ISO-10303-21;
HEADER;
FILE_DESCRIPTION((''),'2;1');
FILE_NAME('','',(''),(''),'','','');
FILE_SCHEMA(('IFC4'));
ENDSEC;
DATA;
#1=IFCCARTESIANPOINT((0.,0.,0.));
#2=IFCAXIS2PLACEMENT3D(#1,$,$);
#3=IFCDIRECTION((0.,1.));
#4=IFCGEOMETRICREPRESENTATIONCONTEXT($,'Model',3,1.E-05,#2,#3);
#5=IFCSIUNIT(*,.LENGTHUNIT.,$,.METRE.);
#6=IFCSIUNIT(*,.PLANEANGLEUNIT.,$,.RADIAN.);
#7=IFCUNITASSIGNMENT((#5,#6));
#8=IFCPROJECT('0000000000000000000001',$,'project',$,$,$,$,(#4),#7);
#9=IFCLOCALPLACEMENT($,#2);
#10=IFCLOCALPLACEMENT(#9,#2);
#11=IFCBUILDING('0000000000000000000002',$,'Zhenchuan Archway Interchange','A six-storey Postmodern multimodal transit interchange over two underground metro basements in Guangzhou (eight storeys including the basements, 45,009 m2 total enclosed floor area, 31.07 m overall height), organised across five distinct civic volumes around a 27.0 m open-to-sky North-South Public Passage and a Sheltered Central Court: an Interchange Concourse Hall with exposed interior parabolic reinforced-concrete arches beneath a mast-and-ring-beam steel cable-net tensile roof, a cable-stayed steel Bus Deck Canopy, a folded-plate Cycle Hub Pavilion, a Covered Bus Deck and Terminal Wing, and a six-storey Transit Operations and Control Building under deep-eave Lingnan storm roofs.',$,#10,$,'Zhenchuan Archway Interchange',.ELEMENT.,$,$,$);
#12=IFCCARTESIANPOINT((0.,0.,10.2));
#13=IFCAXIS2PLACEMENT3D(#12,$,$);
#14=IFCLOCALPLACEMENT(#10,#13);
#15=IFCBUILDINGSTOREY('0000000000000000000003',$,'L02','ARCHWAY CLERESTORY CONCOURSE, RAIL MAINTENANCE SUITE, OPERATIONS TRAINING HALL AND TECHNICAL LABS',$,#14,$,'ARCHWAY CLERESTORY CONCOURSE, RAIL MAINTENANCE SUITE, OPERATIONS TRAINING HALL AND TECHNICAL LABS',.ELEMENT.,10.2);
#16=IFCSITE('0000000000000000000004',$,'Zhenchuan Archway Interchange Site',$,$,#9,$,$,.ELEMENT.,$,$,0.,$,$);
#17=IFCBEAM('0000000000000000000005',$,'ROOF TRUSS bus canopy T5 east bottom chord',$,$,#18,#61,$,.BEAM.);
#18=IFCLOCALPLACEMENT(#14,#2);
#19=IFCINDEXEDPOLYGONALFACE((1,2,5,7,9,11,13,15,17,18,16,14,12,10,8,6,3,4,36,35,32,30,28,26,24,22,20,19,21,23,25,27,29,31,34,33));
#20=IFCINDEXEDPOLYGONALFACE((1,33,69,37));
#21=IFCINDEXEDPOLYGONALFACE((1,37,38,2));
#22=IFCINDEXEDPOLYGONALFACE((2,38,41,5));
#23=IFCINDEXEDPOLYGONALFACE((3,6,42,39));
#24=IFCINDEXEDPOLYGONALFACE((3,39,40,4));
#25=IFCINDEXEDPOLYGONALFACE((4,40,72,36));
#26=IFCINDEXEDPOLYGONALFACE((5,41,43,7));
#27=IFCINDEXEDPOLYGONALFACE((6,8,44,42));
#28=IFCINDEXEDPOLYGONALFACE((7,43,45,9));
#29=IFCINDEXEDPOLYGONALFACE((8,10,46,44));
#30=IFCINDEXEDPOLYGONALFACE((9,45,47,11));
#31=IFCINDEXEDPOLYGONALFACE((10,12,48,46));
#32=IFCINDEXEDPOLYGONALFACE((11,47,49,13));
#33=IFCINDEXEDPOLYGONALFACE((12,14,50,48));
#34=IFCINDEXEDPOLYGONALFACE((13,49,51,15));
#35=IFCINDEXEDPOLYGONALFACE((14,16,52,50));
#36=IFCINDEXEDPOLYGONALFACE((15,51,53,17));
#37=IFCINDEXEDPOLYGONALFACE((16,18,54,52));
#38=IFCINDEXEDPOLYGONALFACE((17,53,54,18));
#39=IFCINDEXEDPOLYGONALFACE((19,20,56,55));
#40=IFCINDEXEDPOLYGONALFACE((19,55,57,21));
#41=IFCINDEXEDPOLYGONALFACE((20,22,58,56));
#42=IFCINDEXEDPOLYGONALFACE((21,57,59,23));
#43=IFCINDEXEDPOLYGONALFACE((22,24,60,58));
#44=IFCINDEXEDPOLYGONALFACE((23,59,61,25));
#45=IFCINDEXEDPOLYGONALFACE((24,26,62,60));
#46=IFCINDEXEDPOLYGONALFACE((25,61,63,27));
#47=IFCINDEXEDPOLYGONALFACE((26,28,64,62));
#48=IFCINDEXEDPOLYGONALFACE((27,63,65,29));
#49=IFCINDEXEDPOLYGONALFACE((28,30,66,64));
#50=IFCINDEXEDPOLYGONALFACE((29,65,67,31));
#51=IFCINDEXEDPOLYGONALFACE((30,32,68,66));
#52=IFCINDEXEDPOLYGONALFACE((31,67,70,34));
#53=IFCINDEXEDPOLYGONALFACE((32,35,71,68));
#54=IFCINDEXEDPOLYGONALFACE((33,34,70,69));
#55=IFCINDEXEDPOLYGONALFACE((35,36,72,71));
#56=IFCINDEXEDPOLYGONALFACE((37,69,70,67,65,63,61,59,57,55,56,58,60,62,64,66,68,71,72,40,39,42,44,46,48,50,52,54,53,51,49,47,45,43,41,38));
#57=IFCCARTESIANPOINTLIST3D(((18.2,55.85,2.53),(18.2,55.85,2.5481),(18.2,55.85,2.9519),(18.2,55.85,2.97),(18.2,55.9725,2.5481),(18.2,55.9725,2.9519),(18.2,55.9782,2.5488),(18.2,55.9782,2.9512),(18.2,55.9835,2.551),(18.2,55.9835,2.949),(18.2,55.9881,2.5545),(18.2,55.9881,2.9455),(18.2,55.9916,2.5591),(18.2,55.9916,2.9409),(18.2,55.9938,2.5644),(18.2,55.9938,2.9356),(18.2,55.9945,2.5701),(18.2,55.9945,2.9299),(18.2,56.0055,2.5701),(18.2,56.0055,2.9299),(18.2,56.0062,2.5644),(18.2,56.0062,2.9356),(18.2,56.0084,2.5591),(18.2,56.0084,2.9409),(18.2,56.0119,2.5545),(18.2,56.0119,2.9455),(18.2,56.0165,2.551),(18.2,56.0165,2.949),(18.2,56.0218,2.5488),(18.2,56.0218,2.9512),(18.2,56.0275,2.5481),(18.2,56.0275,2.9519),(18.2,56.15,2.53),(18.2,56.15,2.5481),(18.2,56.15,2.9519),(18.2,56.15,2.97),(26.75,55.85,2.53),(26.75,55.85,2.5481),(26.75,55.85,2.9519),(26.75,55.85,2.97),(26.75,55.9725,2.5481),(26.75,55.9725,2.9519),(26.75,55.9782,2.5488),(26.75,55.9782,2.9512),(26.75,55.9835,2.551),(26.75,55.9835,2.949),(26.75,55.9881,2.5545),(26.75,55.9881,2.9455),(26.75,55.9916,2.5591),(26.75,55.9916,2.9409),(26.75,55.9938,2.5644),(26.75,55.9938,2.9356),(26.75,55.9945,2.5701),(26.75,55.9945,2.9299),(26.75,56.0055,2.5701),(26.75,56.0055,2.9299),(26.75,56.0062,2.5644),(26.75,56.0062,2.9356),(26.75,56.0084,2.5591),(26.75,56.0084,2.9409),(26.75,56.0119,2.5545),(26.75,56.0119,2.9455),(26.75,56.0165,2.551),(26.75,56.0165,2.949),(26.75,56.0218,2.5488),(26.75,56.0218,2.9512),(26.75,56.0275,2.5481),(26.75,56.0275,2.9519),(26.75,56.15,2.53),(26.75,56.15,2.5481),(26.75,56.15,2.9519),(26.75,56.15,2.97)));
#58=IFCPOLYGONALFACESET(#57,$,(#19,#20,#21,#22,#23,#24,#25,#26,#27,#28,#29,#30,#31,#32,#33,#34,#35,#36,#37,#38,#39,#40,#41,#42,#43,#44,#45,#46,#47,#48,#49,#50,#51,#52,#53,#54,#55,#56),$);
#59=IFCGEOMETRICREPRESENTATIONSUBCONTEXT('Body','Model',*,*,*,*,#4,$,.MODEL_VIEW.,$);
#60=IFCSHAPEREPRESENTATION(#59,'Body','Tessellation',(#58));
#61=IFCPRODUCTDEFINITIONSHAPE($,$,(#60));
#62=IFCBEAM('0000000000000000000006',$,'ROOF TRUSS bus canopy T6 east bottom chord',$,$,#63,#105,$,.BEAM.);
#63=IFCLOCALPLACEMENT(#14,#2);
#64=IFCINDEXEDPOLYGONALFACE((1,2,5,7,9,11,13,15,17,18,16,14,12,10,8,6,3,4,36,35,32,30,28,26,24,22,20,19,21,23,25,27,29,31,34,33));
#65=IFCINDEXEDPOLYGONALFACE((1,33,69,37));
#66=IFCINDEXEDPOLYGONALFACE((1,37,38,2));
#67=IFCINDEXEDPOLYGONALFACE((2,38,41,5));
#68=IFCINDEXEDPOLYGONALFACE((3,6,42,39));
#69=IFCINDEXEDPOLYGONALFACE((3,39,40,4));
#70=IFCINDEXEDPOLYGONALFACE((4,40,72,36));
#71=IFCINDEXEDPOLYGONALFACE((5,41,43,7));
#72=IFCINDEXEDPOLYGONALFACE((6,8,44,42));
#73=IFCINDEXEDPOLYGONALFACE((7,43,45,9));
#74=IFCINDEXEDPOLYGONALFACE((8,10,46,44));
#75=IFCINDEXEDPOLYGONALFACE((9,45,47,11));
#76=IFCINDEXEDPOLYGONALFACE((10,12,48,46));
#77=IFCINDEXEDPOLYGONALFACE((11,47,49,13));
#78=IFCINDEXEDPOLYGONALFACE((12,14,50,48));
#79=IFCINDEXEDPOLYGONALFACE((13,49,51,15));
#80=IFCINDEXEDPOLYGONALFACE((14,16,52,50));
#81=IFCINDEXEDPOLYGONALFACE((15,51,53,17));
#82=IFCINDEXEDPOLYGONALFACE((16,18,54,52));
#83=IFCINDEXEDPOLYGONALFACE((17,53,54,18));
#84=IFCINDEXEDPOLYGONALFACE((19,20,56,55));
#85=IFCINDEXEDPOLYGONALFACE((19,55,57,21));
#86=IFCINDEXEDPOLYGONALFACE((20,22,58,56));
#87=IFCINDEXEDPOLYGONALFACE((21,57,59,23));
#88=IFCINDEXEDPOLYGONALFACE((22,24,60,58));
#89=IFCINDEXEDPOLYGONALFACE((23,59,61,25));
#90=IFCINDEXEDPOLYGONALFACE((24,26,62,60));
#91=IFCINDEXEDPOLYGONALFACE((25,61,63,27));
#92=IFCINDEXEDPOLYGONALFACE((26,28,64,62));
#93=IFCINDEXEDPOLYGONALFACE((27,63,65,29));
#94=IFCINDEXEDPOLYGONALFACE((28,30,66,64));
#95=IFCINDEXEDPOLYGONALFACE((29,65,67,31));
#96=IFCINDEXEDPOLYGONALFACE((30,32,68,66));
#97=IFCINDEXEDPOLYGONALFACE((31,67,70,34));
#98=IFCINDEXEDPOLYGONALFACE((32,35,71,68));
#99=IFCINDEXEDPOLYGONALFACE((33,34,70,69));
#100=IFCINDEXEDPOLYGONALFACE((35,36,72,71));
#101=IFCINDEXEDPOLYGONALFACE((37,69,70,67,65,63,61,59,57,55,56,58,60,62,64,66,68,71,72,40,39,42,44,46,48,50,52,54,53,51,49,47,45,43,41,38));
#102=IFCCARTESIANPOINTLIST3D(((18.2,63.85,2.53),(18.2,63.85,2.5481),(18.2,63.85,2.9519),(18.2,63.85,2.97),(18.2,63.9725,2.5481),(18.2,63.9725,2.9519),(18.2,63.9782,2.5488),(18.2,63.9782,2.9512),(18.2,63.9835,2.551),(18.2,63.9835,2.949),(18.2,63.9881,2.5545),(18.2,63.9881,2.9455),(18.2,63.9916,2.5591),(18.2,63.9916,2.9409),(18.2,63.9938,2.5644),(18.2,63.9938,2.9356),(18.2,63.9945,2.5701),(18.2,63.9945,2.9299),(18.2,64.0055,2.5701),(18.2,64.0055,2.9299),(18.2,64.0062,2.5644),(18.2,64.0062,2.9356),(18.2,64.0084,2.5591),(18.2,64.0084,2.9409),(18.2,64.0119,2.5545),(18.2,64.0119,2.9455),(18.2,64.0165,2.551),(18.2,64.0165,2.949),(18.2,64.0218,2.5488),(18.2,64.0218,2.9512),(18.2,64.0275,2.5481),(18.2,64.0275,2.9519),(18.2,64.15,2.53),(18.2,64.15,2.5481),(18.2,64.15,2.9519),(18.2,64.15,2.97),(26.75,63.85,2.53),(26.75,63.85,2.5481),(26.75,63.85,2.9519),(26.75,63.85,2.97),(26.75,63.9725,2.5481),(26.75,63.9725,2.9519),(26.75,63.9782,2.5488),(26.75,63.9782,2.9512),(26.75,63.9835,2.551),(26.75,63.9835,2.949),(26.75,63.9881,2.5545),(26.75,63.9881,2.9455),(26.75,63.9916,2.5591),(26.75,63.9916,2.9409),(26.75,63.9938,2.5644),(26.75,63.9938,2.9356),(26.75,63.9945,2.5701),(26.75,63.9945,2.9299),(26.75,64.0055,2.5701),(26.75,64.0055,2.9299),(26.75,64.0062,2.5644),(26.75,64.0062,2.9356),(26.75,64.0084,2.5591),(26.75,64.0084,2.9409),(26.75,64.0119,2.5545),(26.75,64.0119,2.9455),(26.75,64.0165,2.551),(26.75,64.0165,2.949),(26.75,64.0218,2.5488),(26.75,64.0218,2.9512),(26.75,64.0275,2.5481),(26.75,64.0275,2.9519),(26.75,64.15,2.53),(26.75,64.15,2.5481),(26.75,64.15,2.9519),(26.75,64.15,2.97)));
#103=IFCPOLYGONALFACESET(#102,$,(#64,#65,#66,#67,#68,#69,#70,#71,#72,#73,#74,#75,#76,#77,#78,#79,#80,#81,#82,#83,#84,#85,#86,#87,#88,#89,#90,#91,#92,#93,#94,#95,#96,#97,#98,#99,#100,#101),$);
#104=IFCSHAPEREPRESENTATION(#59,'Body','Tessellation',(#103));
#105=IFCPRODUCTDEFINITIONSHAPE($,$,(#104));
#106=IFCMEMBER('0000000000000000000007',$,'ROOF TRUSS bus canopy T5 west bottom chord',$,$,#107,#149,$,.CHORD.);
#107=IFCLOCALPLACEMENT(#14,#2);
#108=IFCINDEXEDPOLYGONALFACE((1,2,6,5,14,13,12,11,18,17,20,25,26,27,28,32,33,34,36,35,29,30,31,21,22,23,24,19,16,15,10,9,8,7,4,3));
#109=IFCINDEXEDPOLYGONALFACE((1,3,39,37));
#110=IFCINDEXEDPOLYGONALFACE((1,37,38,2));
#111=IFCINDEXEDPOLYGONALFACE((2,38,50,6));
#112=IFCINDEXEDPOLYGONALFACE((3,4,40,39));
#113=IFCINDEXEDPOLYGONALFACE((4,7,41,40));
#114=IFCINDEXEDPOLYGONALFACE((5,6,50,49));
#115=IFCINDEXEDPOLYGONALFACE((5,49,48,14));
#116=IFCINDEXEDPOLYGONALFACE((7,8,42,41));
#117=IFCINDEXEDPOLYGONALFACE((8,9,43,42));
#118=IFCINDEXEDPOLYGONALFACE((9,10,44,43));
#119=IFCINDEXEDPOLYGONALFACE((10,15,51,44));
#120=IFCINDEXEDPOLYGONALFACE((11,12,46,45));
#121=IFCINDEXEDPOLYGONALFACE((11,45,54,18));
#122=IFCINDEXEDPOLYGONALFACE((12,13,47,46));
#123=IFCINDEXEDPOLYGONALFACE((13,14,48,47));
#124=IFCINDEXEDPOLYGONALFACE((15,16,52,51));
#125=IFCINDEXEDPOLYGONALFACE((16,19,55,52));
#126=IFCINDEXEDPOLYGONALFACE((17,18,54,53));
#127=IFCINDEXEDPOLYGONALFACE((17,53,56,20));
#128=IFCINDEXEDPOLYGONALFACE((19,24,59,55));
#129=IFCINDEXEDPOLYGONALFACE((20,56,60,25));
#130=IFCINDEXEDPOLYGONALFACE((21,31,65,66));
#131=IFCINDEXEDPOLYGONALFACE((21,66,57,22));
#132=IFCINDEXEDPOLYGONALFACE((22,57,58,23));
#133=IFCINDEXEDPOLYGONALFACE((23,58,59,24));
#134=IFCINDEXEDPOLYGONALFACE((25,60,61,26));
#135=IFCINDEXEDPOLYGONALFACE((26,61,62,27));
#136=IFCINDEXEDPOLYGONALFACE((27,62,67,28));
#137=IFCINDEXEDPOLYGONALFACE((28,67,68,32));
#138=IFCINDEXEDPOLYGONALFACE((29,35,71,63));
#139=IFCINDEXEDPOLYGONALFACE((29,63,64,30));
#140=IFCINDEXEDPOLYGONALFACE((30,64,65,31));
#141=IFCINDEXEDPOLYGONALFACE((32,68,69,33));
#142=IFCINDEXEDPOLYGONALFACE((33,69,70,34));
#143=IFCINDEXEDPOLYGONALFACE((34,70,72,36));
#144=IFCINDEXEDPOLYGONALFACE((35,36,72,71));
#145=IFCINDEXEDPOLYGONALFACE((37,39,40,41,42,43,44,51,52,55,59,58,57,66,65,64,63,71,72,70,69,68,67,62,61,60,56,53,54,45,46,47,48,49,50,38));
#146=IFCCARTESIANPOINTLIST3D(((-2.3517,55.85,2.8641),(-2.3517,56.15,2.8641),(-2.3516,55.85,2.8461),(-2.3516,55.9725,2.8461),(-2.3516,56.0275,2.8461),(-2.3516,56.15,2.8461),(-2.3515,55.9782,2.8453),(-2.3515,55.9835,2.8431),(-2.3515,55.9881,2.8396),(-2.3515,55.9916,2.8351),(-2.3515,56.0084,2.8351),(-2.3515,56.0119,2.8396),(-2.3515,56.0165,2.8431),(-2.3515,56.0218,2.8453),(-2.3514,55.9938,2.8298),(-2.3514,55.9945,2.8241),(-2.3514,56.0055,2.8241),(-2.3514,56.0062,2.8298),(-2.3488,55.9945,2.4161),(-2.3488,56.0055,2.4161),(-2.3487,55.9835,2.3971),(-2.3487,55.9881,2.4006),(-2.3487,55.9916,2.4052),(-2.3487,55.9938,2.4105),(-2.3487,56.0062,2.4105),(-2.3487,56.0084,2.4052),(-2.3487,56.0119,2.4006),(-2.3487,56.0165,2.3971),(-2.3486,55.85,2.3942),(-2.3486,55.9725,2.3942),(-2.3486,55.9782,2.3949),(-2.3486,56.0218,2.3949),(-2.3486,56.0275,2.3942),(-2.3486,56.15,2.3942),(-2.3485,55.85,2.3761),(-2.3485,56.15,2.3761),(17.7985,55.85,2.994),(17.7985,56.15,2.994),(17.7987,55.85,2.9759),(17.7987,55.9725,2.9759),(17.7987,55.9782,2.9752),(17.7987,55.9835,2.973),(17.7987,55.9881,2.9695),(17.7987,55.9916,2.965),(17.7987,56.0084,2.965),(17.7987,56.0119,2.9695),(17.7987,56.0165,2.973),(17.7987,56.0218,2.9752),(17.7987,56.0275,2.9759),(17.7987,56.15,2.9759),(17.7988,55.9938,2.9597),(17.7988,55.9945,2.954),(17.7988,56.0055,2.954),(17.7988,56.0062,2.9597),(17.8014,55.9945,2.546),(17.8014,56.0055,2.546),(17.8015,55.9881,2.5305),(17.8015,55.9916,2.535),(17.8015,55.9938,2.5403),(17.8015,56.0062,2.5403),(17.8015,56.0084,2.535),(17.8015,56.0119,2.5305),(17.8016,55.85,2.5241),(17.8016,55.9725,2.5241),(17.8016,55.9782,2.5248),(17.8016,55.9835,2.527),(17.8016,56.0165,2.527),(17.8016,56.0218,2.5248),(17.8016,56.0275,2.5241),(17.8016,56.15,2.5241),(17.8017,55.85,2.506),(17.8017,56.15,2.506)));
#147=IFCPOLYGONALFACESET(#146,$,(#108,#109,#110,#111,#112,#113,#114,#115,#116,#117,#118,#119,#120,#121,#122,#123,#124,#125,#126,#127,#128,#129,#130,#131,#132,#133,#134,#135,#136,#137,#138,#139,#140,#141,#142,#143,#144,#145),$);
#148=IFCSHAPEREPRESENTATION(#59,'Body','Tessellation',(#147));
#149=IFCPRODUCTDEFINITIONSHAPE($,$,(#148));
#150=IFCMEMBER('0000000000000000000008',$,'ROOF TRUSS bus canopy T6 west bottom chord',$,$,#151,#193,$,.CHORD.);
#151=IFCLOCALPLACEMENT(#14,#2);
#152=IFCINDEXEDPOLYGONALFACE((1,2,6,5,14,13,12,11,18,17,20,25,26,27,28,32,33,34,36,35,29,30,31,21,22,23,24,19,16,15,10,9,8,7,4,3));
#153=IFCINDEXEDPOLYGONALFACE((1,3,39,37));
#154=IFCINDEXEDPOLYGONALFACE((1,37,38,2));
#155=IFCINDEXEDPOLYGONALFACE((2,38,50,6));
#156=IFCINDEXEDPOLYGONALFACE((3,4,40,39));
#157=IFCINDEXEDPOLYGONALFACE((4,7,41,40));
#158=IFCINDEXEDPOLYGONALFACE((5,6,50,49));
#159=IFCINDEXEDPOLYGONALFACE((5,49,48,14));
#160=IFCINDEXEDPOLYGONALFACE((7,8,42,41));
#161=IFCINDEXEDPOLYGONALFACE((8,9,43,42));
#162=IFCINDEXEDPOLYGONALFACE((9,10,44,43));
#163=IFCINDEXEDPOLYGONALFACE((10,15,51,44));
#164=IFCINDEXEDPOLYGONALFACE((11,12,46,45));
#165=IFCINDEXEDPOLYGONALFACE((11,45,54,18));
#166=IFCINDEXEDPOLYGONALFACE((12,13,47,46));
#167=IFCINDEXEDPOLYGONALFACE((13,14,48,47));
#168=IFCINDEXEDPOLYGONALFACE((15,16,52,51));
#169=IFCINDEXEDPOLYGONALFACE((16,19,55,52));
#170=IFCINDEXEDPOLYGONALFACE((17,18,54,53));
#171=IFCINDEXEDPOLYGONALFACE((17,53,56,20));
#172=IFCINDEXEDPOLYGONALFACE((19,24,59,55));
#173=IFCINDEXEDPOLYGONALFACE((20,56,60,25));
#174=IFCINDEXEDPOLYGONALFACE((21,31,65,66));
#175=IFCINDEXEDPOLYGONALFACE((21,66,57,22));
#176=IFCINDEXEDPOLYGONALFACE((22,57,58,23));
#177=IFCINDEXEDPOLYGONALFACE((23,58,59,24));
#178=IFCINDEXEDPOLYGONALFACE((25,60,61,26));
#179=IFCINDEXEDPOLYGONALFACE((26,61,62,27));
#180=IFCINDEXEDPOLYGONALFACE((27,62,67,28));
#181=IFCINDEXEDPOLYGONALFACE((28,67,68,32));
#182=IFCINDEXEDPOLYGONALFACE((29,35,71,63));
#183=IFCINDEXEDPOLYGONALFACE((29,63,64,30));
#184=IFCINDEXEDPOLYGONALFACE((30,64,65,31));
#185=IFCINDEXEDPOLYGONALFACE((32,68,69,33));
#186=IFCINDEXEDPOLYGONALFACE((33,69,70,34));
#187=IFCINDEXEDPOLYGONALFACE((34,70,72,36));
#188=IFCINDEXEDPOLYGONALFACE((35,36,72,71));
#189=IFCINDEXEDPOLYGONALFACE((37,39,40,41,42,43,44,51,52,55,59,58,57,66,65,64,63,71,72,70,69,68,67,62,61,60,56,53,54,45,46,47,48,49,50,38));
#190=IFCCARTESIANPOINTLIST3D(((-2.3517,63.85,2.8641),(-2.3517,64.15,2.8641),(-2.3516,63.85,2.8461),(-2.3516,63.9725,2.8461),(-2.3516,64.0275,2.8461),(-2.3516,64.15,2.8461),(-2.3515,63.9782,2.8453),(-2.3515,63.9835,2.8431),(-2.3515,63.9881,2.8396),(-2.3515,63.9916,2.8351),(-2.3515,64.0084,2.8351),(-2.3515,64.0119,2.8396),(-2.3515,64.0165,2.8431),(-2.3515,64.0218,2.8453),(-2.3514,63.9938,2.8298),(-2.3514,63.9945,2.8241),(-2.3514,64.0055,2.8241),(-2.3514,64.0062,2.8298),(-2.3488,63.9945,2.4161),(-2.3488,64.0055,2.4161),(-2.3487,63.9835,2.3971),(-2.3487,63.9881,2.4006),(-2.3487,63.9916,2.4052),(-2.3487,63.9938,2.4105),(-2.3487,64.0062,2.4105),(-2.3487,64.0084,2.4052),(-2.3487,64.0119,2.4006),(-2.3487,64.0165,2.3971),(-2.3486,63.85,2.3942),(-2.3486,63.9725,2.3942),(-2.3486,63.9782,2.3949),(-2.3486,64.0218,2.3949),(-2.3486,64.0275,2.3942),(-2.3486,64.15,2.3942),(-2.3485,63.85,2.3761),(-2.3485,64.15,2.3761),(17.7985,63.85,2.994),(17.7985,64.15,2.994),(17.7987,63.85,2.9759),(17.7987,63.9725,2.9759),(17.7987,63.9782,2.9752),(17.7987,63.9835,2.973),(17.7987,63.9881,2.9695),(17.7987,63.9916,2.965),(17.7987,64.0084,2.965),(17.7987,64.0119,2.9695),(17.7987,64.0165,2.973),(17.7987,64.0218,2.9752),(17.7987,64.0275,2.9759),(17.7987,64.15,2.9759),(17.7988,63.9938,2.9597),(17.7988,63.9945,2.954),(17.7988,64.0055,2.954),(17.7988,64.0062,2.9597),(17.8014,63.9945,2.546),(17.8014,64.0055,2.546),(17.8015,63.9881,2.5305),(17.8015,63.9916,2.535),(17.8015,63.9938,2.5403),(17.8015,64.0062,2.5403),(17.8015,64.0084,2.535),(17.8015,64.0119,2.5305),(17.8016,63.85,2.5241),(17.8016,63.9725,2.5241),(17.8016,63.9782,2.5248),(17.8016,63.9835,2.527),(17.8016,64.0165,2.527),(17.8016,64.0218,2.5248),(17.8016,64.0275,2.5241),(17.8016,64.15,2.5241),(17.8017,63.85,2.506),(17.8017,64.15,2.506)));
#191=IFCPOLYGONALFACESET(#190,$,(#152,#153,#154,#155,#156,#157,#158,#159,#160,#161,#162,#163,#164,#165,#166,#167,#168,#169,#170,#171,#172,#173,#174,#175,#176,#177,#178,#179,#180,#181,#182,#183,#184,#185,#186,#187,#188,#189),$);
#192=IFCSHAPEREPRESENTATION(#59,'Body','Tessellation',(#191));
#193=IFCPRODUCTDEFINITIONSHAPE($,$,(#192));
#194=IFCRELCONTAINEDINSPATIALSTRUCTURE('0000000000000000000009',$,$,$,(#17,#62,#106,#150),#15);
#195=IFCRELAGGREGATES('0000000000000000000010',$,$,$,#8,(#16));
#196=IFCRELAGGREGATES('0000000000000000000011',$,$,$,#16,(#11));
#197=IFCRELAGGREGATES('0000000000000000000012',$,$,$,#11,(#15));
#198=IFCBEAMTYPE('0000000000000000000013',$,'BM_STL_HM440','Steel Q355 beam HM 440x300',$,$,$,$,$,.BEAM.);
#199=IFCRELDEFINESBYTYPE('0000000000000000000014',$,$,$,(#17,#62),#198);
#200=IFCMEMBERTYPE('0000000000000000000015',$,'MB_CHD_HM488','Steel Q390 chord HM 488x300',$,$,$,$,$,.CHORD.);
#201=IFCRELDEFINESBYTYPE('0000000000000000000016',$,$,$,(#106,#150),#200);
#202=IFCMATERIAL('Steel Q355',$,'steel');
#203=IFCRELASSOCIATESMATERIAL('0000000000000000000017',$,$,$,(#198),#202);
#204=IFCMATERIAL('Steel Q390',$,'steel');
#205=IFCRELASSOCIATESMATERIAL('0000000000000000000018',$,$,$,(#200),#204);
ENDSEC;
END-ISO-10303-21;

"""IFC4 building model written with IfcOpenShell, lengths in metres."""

from ifc_helpers import new_model, si_unit, direction, frame, origin, origin_2d, place, context, subcontext, project, spatial, i_section, extrude, material, material_profile, profile_set, type_object, element, save


model = new_model("IFC4")

# Units and contexts
model_context = context("Model", 3, precision=1e-05, world=origin(), true_north=direction((0.0, 1.0)))
body_context = subcontext(model_context, "Body", "Model", "MODEL_VIEW")
ifc_project = project(units=[si_unit("LENGTHUNIT", "METRE"), si_unit("PLANEANGLEUNIT", "RADIAN")], contexts=[model_context])

# Site, building, storey
site_placement = place(None, origin())
site = spatial("IfcSite", under=ifc_project, at=site_placement, Name="Zhenchuan Archway Interchange Site", CompositionType="ELEMENT", RefElevation=0.0)
building_placement = place(site_placement, origin())
building = spatial("IfcBuilding", under=site, at=building_placement, Name="Zhenchuan Archway Interchange", Description="A six-storey Postmodern multimodal transit interchange over two underground metro basements in Guangzhou (eight storeys including the basements, 45,009 m2 total enclosed floor area, 31.07 m overall height), organised across five distinct civic volumes around a 27.0 m open-to-sky North-South Public Passage and a Sheltered Central Court: an Interchange Concourse Hall with exposed interior parabolic reinforced-concrete arches beneath a mast-and-ring-beam steel cable-net tensile roof, a cable-stayed steel Bus Deck Canopy, a folded-plate Cycle Hub Pavilion, a Covered Bus Deck and Terminal Wing, and a six-storey Transit Operations and Control Building under deep-eave Lingnan storm roofs.", LongName="Zhenchuan Archway Interchange", CompositionType="ELEMENT")
storey_placement = place(building_placement, frame((0.0, 0.0, 10.2)))
storey = spatial("IfcBuildingStorey", under=building, at=storey_placement, Name="L02", Description="ARCHWAY CLERESTORY CONCOURSE, RAIL MAINTENANCE SUITE, OPERATIONS TRAINING HALL AND TECHNICAL LABS", LongName="ARCHWAY CLERESTORY CONCOURSE, RAIL MAINTENANCE SUITE, OPERATIONS TRAINING HALL AND TECHNICAL LABS", CompositionType="ELEMENT", Elevation=10.2)

# Shared definitions
ifc_material_1 = material(Name="Steel Q390", Category="steel")

# Beams
ifc_material_2 = material(Name="Steel Q355", Category="steel")
ifc_material_profile_1 = material_profile(ifc_material_2, i_section(OverallWidth=0.3, OverallDepth=0.4399, WebThickness=0.011, FlangeThickness=0.0181, FilletRadius=0.022, at=origin_2d()), Name="HM 440x300")
ifc_profile_set_1 = profile_set([ifc_material_profile_1], Name="Steel Q355")
beam_type = type_object("IfcBeamType", Name="BM_STL_HM440", Description="Steel Q355 beam HM 440x300", PredefinedType="BEAM", material=ifc_profile_set_1)
for number, where, z_axis, x_axis, name in (
    (1, (18.2, 56.0, 2.75), (1.0, 0.0, 0.0), (0.0, 1.0, 0.0), "ROOF TRUSS bus canopy T5 east bottom chord"),
    (2, (18.2, 64.0, 2.75), (1.0, 0.0, 0.0), (0.0, 1.0, 0.0), "ROOF TRUSS bus canopy T6 east bottom chord"),
):
    element("IfcBeam", number, at=place(storey_placement, frame(where, z_axis=z_axis, x_axis=x_axis)), inside=storey, type_object=beam_type, Name=name, PredefinedType="BEAM", context=body_context, shape_type="SweptSolid", body=[
        extrude(i_section(OverallWidth=0.3, OverallDepth=0.4399, WebThickness=0.011, FlangeThickness=0.0181, FilletRadius=0.022, at=origin_2d()), origin(), (0.0, 0.0, 1.0), 8.55),
    ])

# Members
ifc_material_profile_2 = material_profile(ifc_material_1, i_section(OverallWidth=0.3, OverallDepth=0.488, WebThickness=0.011, FlangeThickness=0.0181, FilletRadius=0.022, at=origin_2d()), Name="HM 488x300")
ifc_profile_set_2 = profile_set([ifc_material_profile_2], Name="Steel Q390")
member_type_1 = type_object("IfcMemberType", Name="MB_CHD_HM488", Description="Steel Q390 chord HM 488x300", PredefinedType="CHORD", material=ifc_profile_set_2)
for number, where, z_axis, x_axis, name in (
    (3, (-2.3501, 56.0, 2.6201), (0.999979, 0.0, 0.006446), (0.0, 1.0, 0.0), "ROOF TRUSS bus canopy T5 west bottom chord"),
    (4, (-2.3501, 64.0, 2.6201), (0.999979, 0.0, 0.006446), (0.0, 1.0, 0.0), "ROOF TRUSS bus canopy T6 west bottom chord"),
):
    element("IfcMember", number, at=place(storey_placement, frame(where, z_axis=z_axis, x_axis=x_axis)), inside=storey, type_object=member_type_1, Name=name, PredefinedType="CHORD", context=body_context, shape_type="SweptSolid", body=[
        extrude(i_section(OverallWidth=0.3, OverallDepth=0.488, WebThickness=0.011, FlangeThickness=0.0181, FilletRadius=0.022, at=origin_2d()), origin(), (0.0, 0.0, 1.0), 20.1506),
    ])

save(model, "model.ifc")
